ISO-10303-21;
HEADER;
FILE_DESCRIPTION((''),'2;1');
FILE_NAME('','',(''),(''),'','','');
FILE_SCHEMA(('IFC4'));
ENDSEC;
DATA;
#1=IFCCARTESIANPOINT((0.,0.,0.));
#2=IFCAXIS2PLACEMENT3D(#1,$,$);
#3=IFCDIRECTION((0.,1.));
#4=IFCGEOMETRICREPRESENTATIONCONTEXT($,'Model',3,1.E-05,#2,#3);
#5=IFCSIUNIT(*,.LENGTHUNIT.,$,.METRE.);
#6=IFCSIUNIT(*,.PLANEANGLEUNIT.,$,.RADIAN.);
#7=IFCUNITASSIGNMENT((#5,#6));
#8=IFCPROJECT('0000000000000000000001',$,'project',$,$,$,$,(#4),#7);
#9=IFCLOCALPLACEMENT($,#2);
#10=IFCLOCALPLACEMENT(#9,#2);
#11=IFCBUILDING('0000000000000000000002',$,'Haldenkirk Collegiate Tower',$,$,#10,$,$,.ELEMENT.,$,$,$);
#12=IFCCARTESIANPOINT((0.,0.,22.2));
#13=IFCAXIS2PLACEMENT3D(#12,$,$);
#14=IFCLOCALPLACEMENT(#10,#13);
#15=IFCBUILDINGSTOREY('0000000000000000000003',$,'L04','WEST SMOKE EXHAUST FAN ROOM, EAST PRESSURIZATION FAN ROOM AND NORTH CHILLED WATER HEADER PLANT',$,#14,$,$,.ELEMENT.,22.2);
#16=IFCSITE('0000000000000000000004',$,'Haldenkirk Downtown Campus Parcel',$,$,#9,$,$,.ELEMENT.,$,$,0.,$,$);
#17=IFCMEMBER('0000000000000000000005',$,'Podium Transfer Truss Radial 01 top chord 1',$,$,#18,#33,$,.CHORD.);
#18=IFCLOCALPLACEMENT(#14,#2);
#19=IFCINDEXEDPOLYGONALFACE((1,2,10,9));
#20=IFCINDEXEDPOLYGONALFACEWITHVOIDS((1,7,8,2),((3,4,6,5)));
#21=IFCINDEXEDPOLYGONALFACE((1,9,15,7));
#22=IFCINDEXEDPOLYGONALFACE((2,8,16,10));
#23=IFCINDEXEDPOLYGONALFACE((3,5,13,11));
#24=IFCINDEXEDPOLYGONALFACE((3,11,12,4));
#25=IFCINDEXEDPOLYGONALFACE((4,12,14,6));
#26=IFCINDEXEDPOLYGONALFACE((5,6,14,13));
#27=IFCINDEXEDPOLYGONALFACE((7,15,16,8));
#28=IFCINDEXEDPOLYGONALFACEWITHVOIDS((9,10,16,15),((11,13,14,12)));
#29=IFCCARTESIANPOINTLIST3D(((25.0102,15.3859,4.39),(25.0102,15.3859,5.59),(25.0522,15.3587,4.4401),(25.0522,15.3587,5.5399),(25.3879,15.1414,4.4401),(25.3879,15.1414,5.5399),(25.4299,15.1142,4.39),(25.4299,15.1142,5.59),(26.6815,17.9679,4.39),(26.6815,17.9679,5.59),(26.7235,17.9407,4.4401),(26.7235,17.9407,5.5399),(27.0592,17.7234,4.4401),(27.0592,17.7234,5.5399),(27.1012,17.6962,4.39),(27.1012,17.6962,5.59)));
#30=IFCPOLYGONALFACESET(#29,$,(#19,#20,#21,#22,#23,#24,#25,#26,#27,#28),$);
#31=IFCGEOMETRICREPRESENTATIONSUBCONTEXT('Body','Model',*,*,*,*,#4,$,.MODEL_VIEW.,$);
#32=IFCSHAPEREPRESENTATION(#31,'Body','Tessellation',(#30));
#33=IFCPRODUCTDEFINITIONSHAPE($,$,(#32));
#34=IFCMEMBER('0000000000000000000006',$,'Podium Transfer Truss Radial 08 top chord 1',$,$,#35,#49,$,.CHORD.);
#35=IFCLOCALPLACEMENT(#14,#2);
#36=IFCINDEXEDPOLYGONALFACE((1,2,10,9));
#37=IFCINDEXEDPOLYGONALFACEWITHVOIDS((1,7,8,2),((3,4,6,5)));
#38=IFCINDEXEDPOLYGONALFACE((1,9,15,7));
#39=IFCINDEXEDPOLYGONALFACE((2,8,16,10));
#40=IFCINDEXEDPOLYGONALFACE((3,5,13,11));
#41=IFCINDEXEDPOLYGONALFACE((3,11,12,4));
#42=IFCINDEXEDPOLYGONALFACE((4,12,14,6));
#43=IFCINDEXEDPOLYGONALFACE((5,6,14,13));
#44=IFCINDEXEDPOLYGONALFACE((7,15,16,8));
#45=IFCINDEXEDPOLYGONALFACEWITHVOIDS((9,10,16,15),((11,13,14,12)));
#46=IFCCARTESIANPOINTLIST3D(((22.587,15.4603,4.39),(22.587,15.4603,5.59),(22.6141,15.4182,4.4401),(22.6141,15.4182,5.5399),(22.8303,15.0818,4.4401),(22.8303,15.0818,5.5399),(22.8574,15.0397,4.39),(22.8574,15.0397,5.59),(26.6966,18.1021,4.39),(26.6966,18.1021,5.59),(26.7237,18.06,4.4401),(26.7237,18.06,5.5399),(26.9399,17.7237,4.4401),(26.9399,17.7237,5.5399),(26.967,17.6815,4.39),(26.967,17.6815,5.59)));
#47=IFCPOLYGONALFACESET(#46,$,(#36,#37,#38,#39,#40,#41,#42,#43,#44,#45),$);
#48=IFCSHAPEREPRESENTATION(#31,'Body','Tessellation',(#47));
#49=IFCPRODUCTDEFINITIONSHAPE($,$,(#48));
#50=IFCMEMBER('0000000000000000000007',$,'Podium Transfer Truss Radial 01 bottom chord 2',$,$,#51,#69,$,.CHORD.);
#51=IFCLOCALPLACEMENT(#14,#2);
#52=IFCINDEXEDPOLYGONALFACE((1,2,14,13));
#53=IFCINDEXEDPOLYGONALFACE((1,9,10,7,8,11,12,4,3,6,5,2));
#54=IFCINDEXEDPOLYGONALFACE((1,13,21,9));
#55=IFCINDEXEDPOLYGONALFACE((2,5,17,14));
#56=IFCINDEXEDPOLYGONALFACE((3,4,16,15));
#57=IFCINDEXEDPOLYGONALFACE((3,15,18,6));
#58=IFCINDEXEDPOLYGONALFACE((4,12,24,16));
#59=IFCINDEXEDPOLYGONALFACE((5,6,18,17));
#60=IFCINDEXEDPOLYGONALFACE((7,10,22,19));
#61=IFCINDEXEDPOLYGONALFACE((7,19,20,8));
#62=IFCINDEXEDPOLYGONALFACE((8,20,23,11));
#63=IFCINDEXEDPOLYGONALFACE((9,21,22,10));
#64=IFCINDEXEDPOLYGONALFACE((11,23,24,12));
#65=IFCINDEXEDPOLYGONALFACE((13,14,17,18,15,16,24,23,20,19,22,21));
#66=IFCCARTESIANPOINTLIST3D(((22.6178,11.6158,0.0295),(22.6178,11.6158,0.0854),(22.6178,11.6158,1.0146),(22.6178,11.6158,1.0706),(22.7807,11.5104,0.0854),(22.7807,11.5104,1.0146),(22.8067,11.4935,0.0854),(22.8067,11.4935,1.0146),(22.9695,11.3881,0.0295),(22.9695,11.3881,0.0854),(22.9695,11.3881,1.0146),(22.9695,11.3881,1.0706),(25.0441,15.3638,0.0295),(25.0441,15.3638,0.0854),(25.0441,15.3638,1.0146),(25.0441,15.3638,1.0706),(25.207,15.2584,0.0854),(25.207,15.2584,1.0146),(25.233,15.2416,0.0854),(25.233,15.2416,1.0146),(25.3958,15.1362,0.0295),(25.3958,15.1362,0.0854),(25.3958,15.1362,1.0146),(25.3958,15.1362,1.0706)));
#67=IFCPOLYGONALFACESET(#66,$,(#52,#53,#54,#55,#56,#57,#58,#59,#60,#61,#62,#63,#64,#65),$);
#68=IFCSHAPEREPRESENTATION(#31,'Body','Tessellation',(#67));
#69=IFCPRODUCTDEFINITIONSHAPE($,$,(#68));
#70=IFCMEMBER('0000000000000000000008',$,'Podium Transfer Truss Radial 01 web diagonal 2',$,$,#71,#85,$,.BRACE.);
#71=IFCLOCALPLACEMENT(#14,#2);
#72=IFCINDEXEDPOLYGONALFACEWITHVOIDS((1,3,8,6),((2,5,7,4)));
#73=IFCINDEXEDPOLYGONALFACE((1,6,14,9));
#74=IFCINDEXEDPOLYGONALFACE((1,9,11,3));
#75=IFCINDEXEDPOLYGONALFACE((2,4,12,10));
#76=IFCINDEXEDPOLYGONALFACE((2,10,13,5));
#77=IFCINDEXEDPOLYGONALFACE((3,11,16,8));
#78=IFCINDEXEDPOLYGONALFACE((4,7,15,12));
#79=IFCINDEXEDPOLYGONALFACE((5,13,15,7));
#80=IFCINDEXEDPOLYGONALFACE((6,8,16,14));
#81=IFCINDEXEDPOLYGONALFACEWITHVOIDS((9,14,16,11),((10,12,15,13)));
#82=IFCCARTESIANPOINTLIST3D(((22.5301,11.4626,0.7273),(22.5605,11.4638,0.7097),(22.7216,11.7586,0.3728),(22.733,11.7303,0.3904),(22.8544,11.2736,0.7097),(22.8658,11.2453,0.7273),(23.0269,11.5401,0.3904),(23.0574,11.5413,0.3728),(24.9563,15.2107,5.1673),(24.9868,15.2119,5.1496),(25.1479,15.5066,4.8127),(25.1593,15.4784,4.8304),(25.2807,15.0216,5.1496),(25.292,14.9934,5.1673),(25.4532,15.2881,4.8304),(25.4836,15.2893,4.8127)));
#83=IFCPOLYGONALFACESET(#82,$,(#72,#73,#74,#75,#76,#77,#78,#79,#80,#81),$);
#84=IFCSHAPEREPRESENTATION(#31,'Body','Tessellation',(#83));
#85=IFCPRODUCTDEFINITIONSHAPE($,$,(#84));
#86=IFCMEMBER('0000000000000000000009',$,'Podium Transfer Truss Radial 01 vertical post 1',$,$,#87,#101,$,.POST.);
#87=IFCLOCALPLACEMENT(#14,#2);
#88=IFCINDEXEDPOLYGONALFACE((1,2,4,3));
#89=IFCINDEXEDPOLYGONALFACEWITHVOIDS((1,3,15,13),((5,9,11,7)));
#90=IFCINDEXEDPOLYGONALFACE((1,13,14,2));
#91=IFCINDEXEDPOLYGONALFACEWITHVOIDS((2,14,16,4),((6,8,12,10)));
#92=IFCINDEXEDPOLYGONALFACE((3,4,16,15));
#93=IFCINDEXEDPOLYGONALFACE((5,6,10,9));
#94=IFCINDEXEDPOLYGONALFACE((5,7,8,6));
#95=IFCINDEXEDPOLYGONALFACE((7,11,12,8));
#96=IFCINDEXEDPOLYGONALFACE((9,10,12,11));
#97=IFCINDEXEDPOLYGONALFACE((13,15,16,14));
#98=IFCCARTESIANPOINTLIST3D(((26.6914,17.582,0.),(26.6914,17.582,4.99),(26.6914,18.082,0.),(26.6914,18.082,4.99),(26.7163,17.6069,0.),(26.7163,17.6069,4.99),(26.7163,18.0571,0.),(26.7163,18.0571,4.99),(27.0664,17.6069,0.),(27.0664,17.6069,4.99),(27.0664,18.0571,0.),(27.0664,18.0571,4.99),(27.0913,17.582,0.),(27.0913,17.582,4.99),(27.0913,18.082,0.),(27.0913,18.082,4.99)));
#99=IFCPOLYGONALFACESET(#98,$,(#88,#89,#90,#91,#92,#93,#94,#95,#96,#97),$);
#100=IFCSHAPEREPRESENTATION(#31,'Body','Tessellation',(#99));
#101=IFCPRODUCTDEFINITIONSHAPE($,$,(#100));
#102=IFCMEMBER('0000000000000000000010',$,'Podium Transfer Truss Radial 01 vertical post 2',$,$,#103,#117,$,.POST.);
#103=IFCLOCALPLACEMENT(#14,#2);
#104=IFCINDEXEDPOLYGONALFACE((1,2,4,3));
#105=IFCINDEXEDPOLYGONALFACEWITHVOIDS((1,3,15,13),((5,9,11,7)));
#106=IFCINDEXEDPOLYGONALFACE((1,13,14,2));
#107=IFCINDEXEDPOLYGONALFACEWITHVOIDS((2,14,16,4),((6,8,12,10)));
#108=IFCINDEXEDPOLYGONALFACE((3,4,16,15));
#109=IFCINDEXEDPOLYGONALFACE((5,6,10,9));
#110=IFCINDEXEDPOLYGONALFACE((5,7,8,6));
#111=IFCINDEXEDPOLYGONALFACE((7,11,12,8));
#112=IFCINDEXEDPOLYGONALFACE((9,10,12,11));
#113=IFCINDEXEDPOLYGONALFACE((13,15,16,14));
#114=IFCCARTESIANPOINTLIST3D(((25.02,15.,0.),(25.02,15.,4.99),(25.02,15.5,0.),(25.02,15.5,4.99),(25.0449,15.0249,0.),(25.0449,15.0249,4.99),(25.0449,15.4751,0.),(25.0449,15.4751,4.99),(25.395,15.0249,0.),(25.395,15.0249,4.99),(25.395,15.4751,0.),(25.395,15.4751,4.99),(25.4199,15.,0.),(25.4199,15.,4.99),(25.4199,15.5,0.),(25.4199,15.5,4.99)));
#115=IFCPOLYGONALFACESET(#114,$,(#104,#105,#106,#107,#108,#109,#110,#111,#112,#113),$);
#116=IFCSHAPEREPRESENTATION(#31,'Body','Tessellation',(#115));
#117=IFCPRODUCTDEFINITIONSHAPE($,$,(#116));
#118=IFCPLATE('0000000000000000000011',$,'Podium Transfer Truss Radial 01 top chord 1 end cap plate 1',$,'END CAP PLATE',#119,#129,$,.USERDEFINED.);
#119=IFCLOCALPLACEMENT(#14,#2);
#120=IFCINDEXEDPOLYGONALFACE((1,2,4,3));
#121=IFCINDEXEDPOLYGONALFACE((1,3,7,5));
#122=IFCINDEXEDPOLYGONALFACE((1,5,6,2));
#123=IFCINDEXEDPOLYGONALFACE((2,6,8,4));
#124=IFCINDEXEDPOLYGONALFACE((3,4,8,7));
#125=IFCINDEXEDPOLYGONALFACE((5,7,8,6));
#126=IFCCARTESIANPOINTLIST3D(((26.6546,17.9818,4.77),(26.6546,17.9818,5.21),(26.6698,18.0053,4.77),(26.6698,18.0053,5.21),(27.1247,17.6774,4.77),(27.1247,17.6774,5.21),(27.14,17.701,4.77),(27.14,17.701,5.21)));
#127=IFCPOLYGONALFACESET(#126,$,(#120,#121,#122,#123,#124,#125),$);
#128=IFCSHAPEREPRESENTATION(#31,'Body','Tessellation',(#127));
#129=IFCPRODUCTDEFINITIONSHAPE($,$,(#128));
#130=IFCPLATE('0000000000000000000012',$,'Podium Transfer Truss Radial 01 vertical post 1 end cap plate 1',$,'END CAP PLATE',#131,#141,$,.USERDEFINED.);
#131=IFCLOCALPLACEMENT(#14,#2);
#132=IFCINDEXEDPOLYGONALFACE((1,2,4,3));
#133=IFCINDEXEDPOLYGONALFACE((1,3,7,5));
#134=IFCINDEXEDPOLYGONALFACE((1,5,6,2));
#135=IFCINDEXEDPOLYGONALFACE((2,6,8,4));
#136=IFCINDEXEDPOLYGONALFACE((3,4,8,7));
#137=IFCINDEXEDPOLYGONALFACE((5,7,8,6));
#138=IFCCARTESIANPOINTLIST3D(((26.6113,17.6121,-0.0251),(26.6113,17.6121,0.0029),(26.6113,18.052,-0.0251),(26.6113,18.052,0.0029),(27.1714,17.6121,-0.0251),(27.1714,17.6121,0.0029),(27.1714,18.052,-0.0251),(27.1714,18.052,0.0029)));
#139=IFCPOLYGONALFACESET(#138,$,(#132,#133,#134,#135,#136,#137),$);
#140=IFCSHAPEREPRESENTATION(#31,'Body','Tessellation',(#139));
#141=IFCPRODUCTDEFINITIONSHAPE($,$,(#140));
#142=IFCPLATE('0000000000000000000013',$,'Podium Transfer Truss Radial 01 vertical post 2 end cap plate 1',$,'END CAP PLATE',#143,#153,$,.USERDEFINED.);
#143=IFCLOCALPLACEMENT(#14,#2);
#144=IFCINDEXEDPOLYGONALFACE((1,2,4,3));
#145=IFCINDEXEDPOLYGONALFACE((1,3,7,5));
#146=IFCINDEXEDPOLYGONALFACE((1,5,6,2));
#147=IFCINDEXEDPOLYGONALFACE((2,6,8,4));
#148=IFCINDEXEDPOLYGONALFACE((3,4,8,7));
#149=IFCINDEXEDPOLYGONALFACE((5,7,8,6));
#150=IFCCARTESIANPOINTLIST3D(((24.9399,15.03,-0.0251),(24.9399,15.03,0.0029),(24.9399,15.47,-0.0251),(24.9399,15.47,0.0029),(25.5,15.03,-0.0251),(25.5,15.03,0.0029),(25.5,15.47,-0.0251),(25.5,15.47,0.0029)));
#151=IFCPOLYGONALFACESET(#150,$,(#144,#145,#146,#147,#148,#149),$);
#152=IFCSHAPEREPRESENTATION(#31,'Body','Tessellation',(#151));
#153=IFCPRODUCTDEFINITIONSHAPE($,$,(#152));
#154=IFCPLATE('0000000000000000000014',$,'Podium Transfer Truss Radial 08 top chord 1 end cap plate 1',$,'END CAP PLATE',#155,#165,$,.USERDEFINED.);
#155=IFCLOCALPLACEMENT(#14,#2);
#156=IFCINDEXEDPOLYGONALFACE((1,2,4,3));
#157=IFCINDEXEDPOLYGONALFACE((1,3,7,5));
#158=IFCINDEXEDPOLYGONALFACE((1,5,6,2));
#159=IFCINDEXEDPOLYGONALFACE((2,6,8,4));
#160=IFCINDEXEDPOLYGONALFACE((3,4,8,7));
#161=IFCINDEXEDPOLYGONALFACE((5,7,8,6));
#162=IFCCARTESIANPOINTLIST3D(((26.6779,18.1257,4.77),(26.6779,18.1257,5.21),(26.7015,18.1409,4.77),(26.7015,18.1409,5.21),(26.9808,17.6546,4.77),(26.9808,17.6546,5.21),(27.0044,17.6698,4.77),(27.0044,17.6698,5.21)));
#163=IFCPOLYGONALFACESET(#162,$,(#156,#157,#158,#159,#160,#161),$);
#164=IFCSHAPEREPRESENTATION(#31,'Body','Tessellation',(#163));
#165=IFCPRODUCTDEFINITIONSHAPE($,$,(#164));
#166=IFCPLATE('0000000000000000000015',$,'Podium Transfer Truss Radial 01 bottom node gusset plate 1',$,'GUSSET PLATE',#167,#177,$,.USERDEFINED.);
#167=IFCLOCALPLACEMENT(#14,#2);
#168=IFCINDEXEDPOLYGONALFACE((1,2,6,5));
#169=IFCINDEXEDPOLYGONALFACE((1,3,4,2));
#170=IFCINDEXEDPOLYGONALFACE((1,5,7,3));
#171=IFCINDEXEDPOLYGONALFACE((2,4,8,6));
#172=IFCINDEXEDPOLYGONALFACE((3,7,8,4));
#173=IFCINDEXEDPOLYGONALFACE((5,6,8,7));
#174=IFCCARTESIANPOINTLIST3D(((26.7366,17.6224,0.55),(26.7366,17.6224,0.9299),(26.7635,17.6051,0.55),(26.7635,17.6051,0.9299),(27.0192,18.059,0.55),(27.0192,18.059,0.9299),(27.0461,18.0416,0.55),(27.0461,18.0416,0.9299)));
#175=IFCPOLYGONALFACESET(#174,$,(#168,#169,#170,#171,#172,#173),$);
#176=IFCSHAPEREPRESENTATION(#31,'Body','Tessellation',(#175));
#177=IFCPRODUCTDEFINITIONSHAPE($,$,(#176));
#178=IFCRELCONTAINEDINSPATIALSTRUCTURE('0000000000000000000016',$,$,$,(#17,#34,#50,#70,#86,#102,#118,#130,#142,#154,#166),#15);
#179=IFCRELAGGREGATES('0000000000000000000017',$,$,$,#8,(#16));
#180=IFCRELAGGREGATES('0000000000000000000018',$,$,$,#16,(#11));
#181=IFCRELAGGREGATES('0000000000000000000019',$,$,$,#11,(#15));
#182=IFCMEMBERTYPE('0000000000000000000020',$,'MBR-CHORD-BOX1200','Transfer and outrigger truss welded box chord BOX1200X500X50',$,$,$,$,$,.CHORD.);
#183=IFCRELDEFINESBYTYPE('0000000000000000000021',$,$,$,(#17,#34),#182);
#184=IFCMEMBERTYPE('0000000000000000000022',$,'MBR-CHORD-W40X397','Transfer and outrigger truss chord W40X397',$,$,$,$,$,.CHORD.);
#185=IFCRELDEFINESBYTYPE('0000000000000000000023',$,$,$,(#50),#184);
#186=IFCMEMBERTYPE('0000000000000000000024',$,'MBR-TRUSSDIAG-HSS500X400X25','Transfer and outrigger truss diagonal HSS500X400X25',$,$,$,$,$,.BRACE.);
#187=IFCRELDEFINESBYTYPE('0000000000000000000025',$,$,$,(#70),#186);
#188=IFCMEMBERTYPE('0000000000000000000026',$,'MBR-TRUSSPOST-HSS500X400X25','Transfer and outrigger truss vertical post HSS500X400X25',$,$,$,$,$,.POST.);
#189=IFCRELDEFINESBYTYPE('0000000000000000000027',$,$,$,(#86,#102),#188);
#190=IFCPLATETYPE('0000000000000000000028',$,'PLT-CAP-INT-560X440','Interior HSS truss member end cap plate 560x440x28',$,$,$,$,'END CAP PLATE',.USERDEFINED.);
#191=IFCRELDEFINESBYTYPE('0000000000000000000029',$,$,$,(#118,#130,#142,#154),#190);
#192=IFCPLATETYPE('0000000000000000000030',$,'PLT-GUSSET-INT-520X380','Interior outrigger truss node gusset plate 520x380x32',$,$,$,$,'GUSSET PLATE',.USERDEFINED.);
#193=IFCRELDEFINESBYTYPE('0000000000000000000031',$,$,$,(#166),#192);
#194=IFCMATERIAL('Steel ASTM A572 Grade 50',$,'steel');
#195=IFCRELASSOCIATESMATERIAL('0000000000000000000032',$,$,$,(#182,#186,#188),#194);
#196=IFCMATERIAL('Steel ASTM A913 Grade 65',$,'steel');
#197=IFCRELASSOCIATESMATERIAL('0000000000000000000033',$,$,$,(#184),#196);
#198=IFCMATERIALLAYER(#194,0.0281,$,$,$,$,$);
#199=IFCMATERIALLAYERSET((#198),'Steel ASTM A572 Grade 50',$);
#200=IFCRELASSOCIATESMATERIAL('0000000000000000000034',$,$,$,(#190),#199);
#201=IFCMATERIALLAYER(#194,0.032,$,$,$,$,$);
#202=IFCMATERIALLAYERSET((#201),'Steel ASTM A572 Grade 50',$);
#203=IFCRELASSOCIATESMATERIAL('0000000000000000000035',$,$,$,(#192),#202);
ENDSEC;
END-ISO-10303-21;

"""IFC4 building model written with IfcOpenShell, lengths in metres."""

from ifc_helpers import new_model, si_unit, direction, frame, origin, origin_2d, place, context, subcontext, project, spatial, rectangle, hollow_rectangle, i_section, extrude, source, transform, mapped, material, layer, layer_set, material_profile, profile_set, type_object, element, save


model = new_model("IFC4")

# Units and contexts
model_context = context("Model", 3, precision=1e-05, world=origin(), true_north=direction((0.0, 1.0)))
body_context = subcontext(model_context, "Body", "Model", "MODEL_VIEW")
ifc_project = project(units=[si_unit("LENGTHUNIT", "METRE"), si_unit("PLANEANGLEUNIT", "RADIAN")], contexts=[model_context])

# Site, building, storey
site_placement = place(None, origin())
site = spatial("IfcSite", under=ifc_project, at=site_placement, Name="Haldenkirk Downtown Campus Parcel", CompositionType="ELEMENT", RefElevation=0.0)
building_placement = place(site_placement, origin())
building = spatial("IfcBuilding", under=site, at=building_placement, Name="Haldenkirk Collegiate Tower", CompositionType="ELEMENT")
storey_placement = place(building_placement, frame((0.0, 0.0, 22.2)))
storey = spatial("IfcBuildingStorey", under=building, at=storey_placement, Name="L04", Description="WEST SMOKE EXHAUST FAN ROOM, EAST PRESSURIZATION FAN ROOM AND NORTH CHILLED WATER HEADER PLANT", CompositionType="ELEMENT", Elevation=22.2)

# Members
ifc_material_1 = material(Name="Steel ASTM A572 Grade 50", Category="steel")
ifc_material_profile_1 = material_profile(ifc_material_1, hollow_rectangle(XDim=0.5, YDim=1.2, WallThickness=0.05, at=origin_2d()), Name="BOX1200X500X50")
ifc_profile_set_1 = profile_set([ifc_material_profile_1], Name="Steel ASTM A572 Grade 50")
member_type_1 = type_object("IfcMemberType", Name="MBR-CHORD-BOX1200", Description="Transfer and outrigger truss welded box chord BOX1200X500X50", PredefinedType="CHORD", material=ifc_profile_set_1)
member_1_placement = place(storey_placement, frame((26.8914, 17.832, 4.99), z_axis=(-0.543403, -0.839472, 0.0), x_axis=(0.839472, -0.543403, 0.0)))
element("IfcMember", 1, at=member_1_placement, inside=storey, type_object=member_type_1, Name="Podium Transfer Truss Radial 01 top chord 1", PredefinedType="CHORD", context=body_context, shape_type="SweptSolid", body=[
    extrude(hollow_rectangle(XDim=0.5, YDim=1.2, WallThickness=0.05, at=origin_2d()), origin(), (0.0, 0.0, 1.0), 3.0757),
])
member_2_placement = place(storey_placement, frame((26.8318, 17.8918, 4.99), z_axis=(-0.841183, -0.54075, 0.0), x_axis=(0.54075, -0.841183, 0.0)))
element("IfcMember", 2, at=member_2_placement, inside=storey, type_object=member_type_1, Name="Podium Transfer Truss Radial 08 top chord 1", PredefinedType="CHORD", context=body_context, shape_type="SweptSolid", body=[
    extrude(hollow_rectangle(XDim=0.5, YDim=1.2, WallThickness=0.05, at=origin_2d()), origin(), (0.0, 0.0, 1.0), 4.8855),
])
ifc_material_2 = material(Name="Steel ASTM A913 Grade 65", Category="steel")
ifc_material_profile_2 = material_profile(ifc_material_2, i_section(OverallWidth=0.4189, OverallDepth=1.041, WebThickness=0.031, FlangeThickness=0.0559, at=origin_2d()), Name="W40X397")
ifc_profile_set_2 = profile_set([ifc_material_profile_2], Name="Steel ASTM A913 Grade 65")
member_type_2 = type_object("IfcMemberType", Name="MBR-CHORD-W40X397", Description="Transfer and outrigger truss chord W40X397", PredefinedType="CHORD", material=ifc_profile_set_2)
member_3_placement = place(storey_placement, frame((25.22, 15.25, 0.55), z_axis=(-0.543419, -0.839462, 0.0), x_axis=(0.839462, -0.543419, 0.0)))
element("IfcMember", 3, at=member_3_placement, inside=storey, type_object=member_type_2, Name="Podium Transfer Truss Radial 01 bottom chord 2", PredefinedType="CHORD", context=body_context, shape_type="SweptSolid", body=[
    extrude(i_section(OverallWidth=0.4189, OverallDepth=1.041, WebThickness=0.031, FlangeThickness=0.0559, at=origin_2d()), origin(), (0.0, 0.0, 1.0), 4.4648),
])
ifc_material_profile_3 = material_profile(ifc_material_1, hollow_rectangle(XDim=0.3999, YDim=0.5, WallThickness=0.0249, at=origin_2d()), Name="HSS500X400X25")
ifc_profile_set_3 = profile_set([ifc_material_profile_3], Name="Steel ASTM A572 Grade 50")
member_type_3 = type_object("IfcMemberType", Name="MBR-TRUSSDIAG-HSS500X400X25", Description="Transfer and outrigger truss diagonal HSS500X400X25", PredefinedType="BRACE", material=ifc_profile_set_3)
member_4_placement = place(storey_placement, frame((25.22, 15.25, 4.99), z_axis=(-0.385327, -0.595245, -0.705128), x_axis=(0.839462, -0.543419, 0.0)))
element("IfcMember", 4, at=member_4_placement, inside=storey, type_object=member_type_3, Name="Podium Transfer Truss Radial 01 web diagonal 2", PredefinedType="BRACE", context=body_context, shape_type="SweptSolid", body=[
    extrude(hollow_rectangle(XDim=0.3999, YDim=0.5, WallThickness=0.0249, at=origin_2d()), origin(), (0.0, 0.0, 1.0), 6.2966),
])
ifc_material_profile_4 = material_profile(ifc_material_1, hollow_rectangle(XDim=0.3999, YDim=0.5, WallThickness=0.0249, at=origin_2d()), Name="HSS500X400X25")
ifc_profile_set_4 = profile_set([ifc_material_profile_4], Name="Steel ASTM A572 Grade 50")
member_type_4 = type_object("IfcMemberType", Name="MBR-TRUSSPOST-HSS500X400X25", Description="Transfer and outrigger truss vertical post HSS500X400X25", PredefinedType="POST", material=ifc_profile_set_4)
for number, where, z_axis, x_axis, name in (
    (5, (26.8914, 17.832, 0.0), (0.0, 0.0, 1.0), (1.0, 0.0, 0.0), "Podium Transfer Truss Radial 01 vertical post 1"),
    (6, (25.22, 15.25, 0.0), (0.0, 0.0, 1.0), (1.0, 0.0, 0.0), "Podium Transfer Truss Radial 01 vertical post 2"),
):
    element("IfcMember", number, at=place(storey_placement, frame(where, z_axis=z_axis, x_axis=x_axis)), inside=storey, type_object=member_type_4, Name=name, PredefinedType="POST", context=body_context, shape_type="SweptSolid", body=[
        extrude(hollow_rectangle(XDim=0.3999, YDim=0.5, WallThickness=0.0249, at=origin_2d()), origin(), (0.0, 0.0, 1.0), 4.99),
    ])

# Plates
ifc_layer_1 = layer(ifc_material_1, 0.0281)
ifc_layer_set_1 = layer_set([ifc_layer_1], Name="Steel ASTM A572 Grade 50")
plate_type_1 = type_object("IfcPlateType", Name="PLT-CAP-INT-560X440", Description="Interior HSS truss member end cap plate 560x440x28", ElementType="END CAP PLATE", PredefinedType="USERDEFINED", material=ifc_layer_set_1)
shared_shape_1 = source(origin(), body_context, "Body", "SweptSolid", [
    extrude(rectangle(XDim=0.5601, YDim=0.4399, at=origin_2d()), origin(), (0.0, 0.0, 1.0), 0.0281),
])
for number, where, z_axis, x_axis, name in (
    (7, (26.8896, 17.8296, 4.99), (0.543396, 0.839477, 0.0), (-0.839477, 0.543396, 0.0), "Podium Transfer Truss Radial 01 top chord 1 end cap plate 1"),
    (8, (26.8914, 17.832, 0.0029), (0.0, 0.0, -1.0), (1.0, 0.0, 0.0), "Podium Transfer Truss Radial 01 vertical post 1 end cap plate 1"),
    (9, (25.22, 15.25, 0.0029), (0.0, 0.0, -1.0), (1.0, 0.0, 0.0), "Podium Transfer Truss Radial 01 vertical post 2 end cap plate 1"),
    (10, (26.8293, 17.8901, 4.99), (0.841183, 0.54075, 0.0), (-0.54075, 0.841183, 0.0), "Podium Transfer Truss Radial 08 top chord 1 end cap plate 1"),
):
    element("IfcPlate", number, at=place(storey_placement, frame(where, z_axis=z_axis, x_axis=x_axis)), inside=storey, type_object=plate_type_1, Name=name, ObjectType="END CAP PLATE", PredefinedType="USERDEFINED", context=body_context, shape_type="MappedRepresentation", body=[
        mapped(shared_shape_1, transform((0.0, 0.0, 0.0), x_axis=(1.0, 0.0, 0.0), y_axis=(0.0, 1.0, 0.0), z_axis=(0.0, 0.0, 1.0), scale=1.0)),
    ])
ifc_layer_2 = layer(ifc_material_1, 0.032)
ifc_layer_set_2 = layer_set([ifc_layer_2], Name="Steel ASTM A572 Grade 50")
plate_type_2 = type_object("IfcPlateType", Name="PLT-GUSSET-INT-520X380", Description="Interior outrigger truss node gusset plate 520x380x32", ElementType="GUSSET PLATE", PredefinedType="USERDEFINED", material=ifc_layer_set_2)
shared_shape_2 = source(origin(), body_context, "Body", "SweptSolid", [
    extrude(rectangle(XDim=0.52, YDim=0.032, at=origin_2d()), origin(), (0.0, 0.0, 1.0), 0.3799),
])
plate_placement = place(storey_placement, frame((26.8914, 17.832, 0.55), z_axis=(0.0, 0.0, 1.0), x_axis=(-0.543392, -0.839479, 0.0)))
element("IfcPlate", 11, at=plate_placement, inside=storey, type_object=plate_type_2, Name="Podium Transfer Truss Radial 01 bottom node gusset plate 1", ObjectType="GUSSET PLATE", PredefinedType="USERDEFINED", context=body_context, shape_type="MappedRepresentation", body=[
    mapped(shared_shape_2, transform((0.0, 0.0, 0.0), x_axis=(1.0, 0.0, 0.0), y_axis=(0.0, 1.0, 0.0), z_axis=(0.0, 0.0, 1.0), scale=1.0)),
])

save(model, "model.ifc")
